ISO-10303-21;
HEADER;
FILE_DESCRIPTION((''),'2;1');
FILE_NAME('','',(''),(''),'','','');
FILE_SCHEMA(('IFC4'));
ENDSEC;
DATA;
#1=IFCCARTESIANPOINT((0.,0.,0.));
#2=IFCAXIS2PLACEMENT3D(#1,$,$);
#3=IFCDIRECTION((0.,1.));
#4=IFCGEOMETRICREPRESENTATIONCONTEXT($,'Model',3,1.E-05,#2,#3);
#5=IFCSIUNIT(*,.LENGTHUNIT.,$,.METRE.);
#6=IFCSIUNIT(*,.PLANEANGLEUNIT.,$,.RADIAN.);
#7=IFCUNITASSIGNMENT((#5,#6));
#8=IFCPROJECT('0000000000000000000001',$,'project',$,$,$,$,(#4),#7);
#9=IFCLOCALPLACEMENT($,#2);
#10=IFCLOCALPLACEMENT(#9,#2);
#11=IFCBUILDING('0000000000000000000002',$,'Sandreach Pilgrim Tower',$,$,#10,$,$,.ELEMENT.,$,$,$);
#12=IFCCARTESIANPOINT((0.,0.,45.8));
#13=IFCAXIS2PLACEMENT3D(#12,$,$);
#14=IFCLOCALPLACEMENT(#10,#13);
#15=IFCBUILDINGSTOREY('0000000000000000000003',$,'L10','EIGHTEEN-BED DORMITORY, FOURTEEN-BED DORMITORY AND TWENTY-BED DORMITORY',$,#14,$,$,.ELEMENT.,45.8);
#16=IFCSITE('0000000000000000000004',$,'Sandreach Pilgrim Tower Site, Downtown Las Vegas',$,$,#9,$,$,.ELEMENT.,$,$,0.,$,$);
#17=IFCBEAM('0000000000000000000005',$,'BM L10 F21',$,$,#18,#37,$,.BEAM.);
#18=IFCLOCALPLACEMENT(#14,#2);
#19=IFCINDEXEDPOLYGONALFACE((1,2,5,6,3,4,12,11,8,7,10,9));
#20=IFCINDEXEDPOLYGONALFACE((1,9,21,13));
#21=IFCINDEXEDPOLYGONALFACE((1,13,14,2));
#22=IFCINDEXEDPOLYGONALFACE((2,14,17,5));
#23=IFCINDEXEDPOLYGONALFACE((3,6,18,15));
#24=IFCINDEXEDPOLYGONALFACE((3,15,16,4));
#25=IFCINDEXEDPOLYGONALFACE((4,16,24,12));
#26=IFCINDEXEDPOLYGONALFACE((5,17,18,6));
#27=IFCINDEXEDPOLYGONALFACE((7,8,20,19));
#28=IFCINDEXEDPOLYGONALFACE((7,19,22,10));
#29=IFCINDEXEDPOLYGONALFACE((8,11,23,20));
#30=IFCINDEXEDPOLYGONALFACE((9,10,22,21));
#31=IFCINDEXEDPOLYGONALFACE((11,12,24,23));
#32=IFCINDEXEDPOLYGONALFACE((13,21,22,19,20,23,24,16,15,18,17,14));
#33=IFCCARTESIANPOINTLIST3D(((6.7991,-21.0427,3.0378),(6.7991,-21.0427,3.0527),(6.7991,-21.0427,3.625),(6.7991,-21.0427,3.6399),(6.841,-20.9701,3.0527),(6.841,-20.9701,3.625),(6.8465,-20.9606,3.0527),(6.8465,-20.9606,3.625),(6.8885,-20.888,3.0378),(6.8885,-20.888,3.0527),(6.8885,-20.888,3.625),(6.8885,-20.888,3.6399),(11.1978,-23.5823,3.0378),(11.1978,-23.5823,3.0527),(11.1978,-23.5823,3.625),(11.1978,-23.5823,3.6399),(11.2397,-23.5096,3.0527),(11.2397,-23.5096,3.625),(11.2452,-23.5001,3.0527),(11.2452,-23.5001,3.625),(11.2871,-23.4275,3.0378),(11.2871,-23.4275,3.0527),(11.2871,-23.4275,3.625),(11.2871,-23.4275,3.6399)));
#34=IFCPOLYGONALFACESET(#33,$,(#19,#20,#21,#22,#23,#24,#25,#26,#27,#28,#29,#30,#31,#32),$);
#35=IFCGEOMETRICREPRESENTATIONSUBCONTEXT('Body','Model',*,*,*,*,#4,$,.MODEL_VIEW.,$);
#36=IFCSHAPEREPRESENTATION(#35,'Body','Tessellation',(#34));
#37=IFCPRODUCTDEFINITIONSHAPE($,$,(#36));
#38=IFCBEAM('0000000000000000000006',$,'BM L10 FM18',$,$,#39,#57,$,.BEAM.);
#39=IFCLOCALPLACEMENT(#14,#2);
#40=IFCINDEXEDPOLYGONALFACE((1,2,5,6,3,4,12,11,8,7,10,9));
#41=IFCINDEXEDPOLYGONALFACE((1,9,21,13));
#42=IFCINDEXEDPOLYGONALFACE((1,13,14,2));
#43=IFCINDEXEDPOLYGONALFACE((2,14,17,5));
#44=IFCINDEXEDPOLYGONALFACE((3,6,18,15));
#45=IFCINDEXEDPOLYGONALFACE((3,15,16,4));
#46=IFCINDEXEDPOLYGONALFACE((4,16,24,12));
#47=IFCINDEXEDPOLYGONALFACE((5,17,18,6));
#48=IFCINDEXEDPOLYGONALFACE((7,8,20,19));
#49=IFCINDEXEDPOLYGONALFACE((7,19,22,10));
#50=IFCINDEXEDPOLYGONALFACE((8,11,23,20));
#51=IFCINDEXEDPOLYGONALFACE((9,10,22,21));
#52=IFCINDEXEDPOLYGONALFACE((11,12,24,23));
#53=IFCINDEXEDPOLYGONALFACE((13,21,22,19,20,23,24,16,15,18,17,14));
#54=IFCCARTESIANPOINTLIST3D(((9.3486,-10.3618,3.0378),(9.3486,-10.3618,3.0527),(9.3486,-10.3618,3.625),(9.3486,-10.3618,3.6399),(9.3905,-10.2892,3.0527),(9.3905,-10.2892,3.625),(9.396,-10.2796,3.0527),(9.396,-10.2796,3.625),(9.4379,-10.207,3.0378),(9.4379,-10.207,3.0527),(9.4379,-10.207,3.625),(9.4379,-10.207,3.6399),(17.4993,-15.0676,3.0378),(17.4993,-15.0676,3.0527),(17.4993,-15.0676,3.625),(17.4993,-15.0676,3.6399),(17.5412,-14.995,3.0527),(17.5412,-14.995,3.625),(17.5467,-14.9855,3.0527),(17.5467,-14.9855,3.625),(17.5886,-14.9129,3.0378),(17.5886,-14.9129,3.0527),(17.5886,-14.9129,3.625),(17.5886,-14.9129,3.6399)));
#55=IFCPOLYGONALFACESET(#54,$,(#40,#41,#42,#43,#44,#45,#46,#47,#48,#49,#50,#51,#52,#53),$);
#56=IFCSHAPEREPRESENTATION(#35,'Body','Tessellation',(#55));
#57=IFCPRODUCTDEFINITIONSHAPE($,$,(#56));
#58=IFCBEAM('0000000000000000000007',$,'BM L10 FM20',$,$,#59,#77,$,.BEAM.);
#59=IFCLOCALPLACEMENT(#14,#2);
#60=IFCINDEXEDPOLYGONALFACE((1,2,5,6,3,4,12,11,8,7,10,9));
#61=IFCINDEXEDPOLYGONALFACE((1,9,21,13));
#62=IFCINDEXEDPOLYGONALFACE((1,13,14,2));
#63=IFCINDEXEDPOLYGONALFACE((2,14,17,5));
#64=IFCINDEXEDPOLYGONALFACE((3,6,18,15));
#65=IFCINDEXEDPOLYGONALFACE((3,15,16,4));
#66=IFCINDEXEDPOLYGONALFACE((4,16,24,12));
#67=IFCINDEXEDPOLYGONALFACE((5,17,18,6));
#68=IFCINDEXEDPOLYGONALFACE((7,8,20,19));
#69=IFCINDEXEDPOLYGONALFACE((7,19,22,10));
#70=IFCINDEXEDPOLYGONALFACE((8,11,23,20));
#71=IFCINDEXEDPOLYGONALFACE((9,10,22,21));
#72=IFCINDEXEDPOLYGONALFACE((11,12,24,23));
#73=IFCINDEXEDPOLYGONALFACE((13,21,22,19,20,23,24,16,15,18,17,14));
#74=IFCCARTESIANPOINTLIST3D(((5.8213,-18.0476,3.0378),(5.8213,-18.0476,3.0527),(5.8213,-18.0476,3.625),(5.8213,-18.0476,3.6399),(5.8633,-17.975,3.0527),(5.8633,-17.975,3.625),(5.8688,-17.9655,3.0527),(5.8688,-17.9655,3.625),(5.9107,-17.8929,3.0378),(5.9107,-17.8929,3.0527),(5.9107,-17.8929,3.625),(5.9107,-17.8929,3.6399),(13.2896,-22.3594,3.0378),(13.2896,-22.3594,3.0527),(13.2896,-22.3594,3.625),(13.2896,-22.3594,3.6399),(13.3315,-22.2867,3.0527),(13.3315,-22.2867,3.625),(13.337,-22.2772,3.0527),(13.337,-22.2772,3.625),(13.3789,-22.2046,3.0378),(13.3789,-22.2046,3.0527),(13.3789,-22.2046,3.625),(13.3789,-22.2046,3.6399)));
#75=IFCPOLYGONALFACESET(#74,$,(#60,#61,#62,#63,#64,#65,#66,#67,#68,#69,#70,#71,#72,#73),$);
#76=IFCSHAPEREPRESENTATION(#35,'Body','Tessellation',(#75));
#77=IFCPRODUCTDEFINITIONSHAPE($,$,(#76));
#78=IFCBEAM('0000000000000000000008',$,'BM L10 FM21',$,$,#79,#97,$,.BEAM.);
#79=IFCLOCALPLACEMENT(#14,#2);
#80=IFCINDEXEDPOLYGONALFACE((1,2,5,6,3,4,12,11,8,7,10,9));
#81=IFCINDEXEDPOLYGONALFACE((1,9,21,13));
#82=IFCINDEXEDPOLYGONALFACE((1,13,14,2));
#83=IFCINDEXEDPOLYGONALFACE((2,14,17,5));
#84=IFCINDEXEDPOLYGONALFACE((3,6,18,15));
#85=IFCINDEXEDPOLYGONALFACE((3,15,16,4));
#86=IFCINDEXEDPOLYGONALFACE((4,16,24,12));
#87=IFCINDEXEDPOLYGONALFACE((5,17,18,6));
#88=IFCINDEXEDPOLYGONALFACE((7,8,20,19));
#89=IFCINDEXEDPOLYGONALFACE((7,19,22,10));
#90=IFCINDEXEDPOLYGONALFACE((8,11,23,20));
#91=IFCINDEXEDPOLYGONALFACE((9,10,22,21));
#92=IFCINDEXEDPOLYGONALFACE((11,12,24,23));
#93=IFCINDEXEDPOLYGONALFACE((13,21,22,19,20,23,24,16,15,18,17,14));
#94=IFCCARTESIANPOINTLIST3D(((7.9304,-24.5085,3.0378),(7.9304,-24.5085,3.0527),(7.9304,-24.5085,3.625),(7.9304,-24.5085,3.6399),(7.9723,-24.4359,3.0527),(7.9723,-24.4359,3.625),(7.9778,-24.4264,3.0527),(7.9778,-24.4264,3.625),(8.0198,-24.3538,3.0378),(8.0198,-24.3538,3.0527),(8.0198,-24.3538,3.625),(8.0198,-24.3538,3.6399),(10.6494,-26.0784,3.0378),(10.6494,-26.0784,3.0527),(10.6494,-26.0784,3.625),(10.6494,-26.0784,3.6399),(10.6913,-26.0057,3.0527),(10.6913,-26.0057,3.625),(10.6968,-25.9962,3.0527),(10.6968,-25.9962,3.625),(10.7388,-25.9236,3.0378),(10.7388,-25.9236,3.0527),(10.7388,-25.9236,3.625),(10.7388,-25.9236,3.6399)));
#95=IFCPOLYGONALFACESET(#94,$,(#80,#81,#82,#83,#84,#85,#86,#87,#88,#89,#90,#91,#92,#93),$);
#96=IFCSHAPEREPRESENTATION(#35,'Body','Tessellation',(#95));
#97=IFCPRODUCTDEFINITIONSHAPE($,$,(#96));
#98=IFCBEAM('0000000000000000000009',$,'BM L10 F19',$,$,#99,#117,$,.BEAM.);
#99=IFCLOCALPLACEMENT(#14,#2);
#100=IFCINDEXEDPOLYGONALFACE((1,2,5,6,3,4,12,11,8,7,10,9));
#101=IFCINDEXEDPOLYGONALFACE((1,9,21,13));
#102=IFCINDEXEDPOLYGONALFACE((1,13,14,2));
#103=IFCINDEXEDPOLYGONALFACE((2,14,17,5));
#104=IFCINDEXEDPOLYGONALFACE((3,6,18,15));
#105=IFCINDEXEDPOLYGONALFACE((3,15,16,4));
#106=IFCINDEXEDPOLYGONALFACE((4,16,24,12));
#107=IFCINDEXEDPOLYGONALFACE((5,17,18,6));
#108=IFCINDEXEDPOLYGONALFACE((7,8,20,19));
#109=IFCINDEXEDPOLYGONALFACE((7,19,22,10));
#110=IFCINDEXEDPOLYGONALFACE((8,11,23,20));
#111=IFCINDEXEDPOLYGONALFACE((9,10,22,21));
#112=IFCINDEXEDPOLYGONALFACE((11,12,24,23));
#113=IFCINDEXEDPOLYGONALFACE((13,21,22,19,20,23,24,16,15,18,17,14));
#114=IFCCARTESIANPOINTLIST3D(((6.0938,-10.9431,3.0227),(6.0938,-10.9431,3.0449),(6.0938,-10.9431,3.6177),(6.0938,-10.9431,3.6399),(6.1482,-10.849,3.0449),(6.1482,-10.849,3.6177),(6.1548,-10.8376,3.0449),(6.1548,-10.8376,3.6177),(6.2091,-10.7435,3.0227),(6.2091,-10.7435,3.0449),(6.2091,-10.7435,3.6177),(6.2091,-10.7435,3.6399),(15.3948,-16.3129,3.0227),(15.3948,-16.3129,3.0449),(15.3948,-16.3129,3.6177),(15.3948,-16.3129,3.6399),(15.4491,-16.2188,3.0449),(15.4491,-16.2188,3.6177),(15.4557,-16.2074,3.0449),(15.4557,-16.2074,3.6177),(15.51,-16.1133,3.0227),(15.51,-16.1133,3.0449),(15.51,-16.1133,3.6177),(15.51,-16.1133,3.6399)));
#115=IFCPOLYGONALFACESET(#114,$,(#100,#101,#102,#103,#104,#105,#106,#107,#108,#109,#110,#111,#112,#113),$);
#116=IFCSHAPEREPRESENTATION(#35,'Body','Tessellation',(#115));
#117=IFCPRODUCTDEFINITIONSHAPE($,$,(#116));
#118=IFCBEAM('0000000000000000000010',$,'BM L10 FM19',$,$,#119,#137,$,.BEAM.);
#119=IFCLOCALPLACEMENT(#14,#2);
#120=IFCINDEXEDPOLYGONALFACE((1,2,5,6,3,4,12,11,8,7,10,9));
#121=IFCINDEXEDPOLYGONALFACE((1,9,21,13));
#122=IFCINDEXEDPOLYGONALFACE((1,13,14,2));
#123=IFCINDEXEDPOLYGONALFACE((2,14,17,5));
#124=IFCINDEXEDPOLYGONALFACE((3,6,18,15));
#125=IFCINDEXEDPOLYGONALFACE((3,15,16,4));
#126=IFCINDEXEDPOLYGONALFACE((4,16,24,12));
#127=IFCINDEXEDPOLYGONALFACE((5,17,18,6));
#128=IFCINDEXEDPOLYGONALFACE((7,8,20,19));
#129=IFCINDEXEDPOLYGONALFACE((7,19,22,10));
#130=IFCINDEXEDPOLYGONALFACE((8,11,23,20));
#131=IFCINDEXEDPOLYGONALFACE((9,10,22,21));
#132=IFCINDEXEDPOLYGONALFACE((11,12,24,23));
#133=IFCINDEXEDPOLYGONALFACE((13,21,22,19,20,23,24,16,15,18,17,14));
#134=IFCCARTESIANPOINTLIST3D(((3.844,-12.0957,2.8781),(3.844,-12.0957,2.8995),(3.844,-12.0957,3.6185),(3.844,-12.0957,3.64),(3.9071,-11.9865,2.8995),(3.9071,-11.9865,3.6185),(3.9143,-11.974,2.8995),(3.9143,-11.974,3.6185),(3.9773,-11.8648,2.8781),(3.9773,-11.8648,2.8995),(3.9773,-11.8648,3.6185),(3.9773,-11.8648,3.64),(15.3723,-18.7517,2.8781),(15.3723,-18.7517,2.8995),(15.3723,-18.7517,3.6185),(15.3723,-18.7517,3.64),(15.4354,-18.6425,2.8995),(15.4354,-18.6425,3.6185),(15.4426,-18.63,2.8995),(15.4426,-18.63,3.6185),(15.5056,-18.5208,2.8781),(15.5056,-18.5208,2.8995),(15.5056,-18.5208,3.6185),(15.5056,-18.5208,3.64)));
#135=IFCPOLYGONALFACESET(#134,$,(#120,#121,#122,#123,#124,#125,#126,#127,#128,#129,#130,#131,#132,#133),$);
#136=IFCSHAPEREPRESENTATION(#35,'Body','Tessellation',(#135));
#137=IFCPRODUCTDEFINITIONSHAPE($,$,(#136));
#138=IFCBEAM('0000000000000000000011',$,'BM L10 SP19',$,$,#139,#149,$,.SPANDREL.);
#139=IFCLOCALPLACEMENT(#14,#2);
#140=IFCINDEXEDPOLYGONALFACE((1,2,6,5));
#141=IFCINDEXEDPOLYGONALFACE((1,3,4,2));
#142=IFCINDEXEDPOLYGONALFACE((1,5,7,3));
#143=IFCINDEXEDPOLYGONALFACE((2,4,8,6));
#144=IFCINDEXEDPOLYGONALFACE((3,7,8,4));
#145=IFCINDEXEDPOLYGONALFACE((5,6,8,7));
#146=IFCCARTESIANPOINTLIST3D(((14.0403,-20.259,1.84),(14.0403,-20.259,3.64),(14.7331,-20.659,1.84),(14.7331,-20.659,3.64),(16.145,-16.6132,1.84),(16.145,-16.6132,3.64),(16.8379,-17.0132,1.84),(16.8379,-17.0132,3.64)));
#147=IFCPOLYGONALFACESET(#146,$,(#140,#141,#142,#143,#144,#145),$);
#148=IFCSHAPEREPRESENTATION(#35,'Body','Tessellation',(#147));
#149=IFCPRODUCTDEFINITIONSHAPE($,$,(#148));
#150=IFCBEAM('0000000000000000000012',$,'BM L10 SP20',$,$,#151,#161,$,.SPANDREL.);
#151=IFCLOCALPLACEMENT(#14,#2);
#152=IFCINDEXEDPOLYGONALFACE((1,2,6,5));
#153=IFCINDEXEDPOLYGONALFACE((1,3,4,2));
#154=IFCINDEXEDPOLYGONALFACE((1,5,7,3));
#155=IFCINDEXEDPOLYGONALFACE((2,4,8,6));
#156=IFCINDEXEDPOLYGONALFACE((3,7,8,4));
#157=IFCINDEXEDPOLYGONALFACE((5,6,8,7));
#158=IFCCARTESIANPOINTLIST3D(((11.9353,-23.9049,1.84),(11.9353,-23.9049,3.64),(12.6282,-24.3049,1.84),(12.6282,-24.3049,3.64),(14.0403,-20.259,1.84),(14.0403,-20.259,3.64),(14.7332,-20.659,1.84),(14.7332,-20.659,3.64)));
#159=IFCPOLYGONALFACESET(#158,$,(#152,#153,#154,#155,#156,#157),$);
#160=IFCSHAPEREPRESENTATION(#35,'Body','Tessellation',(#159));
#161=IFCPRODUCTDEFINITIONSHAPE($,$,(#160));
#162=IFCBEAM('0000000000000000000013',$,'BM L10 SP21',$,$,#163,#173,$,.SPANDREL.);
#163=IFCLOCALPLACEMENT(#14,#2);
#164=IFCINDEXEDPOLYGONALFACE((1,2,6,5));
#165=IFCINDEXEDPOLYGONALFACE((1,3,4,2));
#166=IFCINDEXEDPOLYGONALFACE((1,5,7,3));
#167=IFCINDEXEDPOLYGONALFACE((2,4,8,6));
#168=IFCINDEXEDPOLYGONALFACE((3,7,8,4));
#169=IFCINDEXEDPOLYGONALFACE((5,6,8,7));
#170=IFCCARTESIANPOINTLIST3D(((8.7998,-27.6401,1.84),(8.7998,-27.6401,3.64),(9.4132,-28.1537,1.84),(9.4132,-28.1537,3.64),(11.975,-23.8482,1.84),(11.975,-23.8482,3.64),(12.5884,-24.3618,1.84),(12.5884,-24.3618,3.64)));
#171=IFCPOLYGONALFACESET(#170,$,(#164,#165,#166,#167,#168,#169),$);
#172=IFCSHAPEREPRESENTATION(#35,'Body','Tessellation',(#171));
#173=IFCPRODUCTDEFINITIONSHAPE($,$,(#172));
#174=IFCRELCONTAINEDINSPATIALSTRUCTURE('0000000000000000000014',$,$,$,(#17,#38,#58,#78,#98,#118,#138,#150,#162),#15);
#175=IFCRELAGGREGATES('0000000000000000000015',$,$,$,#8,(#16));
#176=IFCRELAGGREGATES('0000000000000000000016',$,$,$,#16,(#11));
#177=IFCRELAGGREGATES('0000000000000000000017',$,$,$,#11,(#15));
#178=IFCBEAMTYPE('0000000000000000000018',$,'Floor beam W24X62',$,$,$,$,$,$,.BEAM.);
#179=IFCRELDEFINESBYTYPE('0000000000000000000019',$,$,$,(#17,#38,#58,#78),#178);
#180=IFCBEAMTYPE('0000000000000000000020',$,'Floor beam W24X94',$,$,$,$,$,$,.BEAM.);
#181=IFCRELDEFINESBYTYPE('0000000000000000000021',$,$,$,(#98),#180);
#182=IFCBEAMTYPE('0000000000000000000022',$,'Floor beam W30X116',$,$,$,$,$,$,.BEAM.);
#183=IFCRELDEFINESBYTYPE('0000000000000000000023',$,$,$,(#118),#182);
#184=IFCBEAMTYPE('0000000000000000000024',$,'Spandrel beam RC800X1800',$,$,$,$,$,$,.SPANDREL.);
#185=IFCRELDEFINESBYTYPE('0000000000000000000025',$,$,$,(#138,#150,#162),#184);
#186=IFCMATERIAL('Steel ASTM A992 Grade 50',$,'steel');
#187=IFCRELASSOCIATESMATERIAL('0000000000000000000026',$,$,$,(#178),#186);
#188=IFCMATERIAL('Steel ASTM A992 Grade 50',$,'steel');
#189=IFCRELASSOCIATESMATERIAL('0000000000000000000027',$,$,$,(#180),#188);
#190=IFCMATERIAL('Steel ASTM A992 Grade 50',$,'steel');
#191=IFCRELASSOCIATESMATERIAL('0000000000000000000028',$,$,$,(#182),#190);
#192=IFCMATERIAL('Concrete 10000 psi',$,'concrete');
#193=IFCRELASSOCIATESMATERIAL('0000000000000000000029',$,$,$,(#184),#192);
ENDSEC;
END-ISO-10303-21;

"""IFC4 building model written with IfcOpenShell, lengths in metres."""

from ifc_helpers import new_model, si_unit, direction, frame, origin, origin_2d, place, context, subcontext, project, spatial, rectangle, i_section, extrude, material, material_profile, profile_set, type_object, element, save


model = new_model("IFC4")

# Units and contexts
model_context = context("Model", 3, precision=1e-05, world=origin(), true_north=direction((0.0, 1.0)))
body_context = subcontext(model_context, "Body", "Model", "MODEL_VIEW")
ifc_project = project(units=[si_unit("LENGTHUNIT", "METRE"), si_unit("PLANEANGLEUNIT", "RADIAN")], contexts=[model_context])

# Site, building, storey
site_placement = place(None, origin())
site = spatial("IfcSite", under=ifc_project, at=site_placement, Name="Sandreach Pilgrim Tower Site, Downtown Las Vegas", CompositionType="ELEMENT", RefElevation=0.0)
building_placement = place(site_placement, origin())
building = spatial("IfcBuilding", under=site, at=building_placement, Name="Sandreach Pilgrim Tower", CompositionType="ELEMENT")
storey_placement = place(building_placement, frame((0.0, 0.0, 45.8)))
storey = spatial("IfcBuildingStorey", under=building, at=storey_placement, Name="L10", Description="EIGHTEEN-BED DORMITORY, FOURTEEN-BED DORMITORY AND TWENTY-BED DORMITORY", CompositionType="ELEMENT", Elevation=45.8)

# Beams
ifc_material_1 = material(Name="Steel ASTM A992 Grade 50", Category="steel")
ifc_material_profile_1 = material_profile(ifc_material_1, i_section(OverallWidth=0.1787, OverallDepth=0.6021, WebThickness=0.011, FlangeThickness=0.0149, at=origin_2d()), Name="W24X62")
ifc_profile_set_1 = profile_set([ifc_material_profile_1], Name="Steel ASTM A992 Grade 50")
beam_type_1 = type_object("IfcBeamType", Name="Floor beam W24X62", PredefinedType="BEAM", material=ifc_profile_set_1)
beam_1_placement = place(storey_placement, frame((11.2424, -23.5049, 3.3389), z_axis=(-0.866028, 0.499996, 0.0), x_axis=(-0.499996, -0.866028, 0.0)))
element("IfcBeam", 1, at=beam_1_placement, inside=storey, type_object=beam_type_1, Name="BM L10 F21", PredefinedType="BEAM", context=body_context, shape_type="SweptSolid", body=[
    extrude(i_section(OverallWidth=0.1787, OverallDepth=0.6021, WebThickness=0.011, FlangeThickness=0.0149, at=origin_2d()), origin(), (0.0, 0.0, 1.0), 5.0791),
])
beam_2_placement = place(storey_placement, frame((17.5439, -14.9902, 3.3389), z_axis=(-0.866024, 0.500003, 0.0), x_axis=(-0.500003, -0.866024, 0.0)))
element("IfcBeam", 2, at=beam_2_placement, inside=storey, type_object=beam_type_1, Name="BM L10 FM18", PredefinedType="BEAM", context=body_context, shape_type="SweptSolid", body=[
    extrude(i_section(OverallWidth=0.1787, OverallDepth=0.6021, WebThickness=0.011, FlangeThickness=0.0149, at=origin_2d()), origin(), (0.0, 0.0, 1.0), 9.4116),
])
beam_3_placement = place(storey_placement, frame((13.3342, -22.282, 3.3389), z_axis=(-0.866027, 0.499997, 0.0), x_axis=(-0.499997, -0.866027, 0.0)))
element("IfcBeam", 3, at=beam_3_placement, inside=storey, type_object=beam_type_1, Name="BM L10 FM20", PredefinedType="BEAM", context=body_context, shape_type="SweptSolid", body=[
    extrude(i_section(OverallWidth=0.1787, OverallDepth=0.6021, WebThickness=0.011, FlangeThickness=0.0149, at=origin_2d()), origin(), (0.0, 0.0, 1.0), 8.6235),
])
beam_4_placement = place(storey_placement, frame((10.6941, -26.001, 3.3389), z_axis=(-0.866024, 0.500003, 0.0), x_axis=(-0.500003, -0.866024, 0.0)))
element("IfcBeam", 4, at=beam_4_placement, inside=storey, type_object=beam_type_1, Name="BM L10 FM21", PredefinedType="BEAM", context=body_context, shape_type="SweptSolid", body=[
    extrude(i_section(OverallWidth=0.1787, OverallDepth=0.6021, WebThickness=0.011, FlangeThickness=0.0149, at=origin_2d()), origin(), (0.0, 0.0, 1.0), 3.1396),
])
ifc_material_2 = material(Name="Steel ASTM A992 Grade 50", Category="steel")
ifc_material_profile_2 = material_profile(ifc_material_2, i_section(OverallWidth=0.2305, OverallDepth=0.6172, WebThickness=0.0132, FlangeThickness=0.0222, at=origin_2d()), Name="W24X94")
ifc_profile_set_2 = profile_set([ifc_material_profile_2], Name="Steel ASTM A992 Grade 50")
beam_type_2 = type_object("IfcBeamType", Name="Floor beam W24X94", PredefinedType="BEAM", material=ifc_profile_set_2)
beam_5_placement = place(storey_placement, frame((15.4524, -16.2131, 3.3313), z_axis=(-0.866028, 0.499995, 0.0), x_axis=(-0.499995, -0.866028, 0.0)))
element("IfcBeam", 5, at=beam_5_placement, inside=storey, type_object=beam_type_2, Name="BM L10 F19", PredefinedType="BEAM", context=body_context, shape_type="SweptSolid", body=[
    extrude(i_section(OverallWidth=0.2305, OverallDepth=0.6172, WebThickness=0.0132, FlangeThickness=0.0222, at=origin_2d()), origin(), (0.0, 0.0, 1.0), 10.7397),
])
ifc_material_3 = material(Name="Steel ASTM A992 Grade 50", Category="steel")
ifc_material_profile_3 = material_profile(ifc_material_3, i_section(OverallWidth=0.2666, OverallDepth=0.762, WebThickness=0.0144, FlangeThickness=0.0215, at=origin_2d()), Name="W30X116")
ifc_profile_set_3 = profile_set([ifc_material_profile_3], Name="Steel ASTM A992 Grade 50")
beam_type_3 = type_object("IfcBeamType", Name="Floor beam W30X116", PredefinedType="BEAM", material=ifc_profile_set_3)
beam_6_placement = place(storey_placement, frame((15.439, -18.6362, 3.259), z_axis=(-0.866021, 0.500007, 0.0), x_axis=(-0.500007, -0.866021, 0.0)))
element("IfcBeam", 6, at=beam_6_placement, inside=storey, type_object=beam_type_3, Name="BM L10 FM19", PredefinedType="BEAM", context=body_context, shape_type="SweptSolid", body=[
    extrude(i_section(OverallWidth=0.2666, OverallDepth=0.762, WebThickness=0.0144, FlangeThickness=0.0215, at=origin_2d()), origin(), (0.0, 0.0, 1.0), 13.3118),
])
ifc_material_4 = material(Name="Concrete 10000 psi", Category="concrete")
ifc_material_profile_4 = material_profile(ifc_material_4, rectangle(XDim=0.8, YDim=1.8, at=origin_2d()), Name="RC800X1800")
ifc_profile_set_4 = profile_set([ifc_material_profile_4], Name="Concrete 10000 psi")
beam_type_4 = type_object("IfcBeamType", Name="Spandrel beam RC800X1800", PredefinedType="SPANDREL", material=ifc_profile_set_4)
beam_7_placement = place(storey_placement, frame((16.4915, -16.8132, 2.74), z_axis=(-0.499975, -0.86604, 0.0), x_axis=(0.86604, -0.499975, 0.0)))
element("IfcBeam", 7, at=beam_7_placement, inside=storey, type_object=beam_type_4, Name="BM L10 SP19", PredefinedType="SPANDREL", context=body_context, shape_type="SweptSolid", body=[
    extrude(rectangle(XDim=0.8, YDim=1.8, at=origin_2d()), origin(), (0.0, 0.0, 1.0), 4.2097),
])
beam_8_placement = place(storey_placement, frame((14.3867, -20.459, 2.74), z_axis=(-0.499994, -0.866029, 0.0), x_axis=(0.866029, -0.499994, 0.0)))
element("IfcBeam", 8, at=beam_8_placement, inside=storey, type_object=beam_type_4, Name="BM L10 SP20", PredefinedType="SPANDREL", context=body_context, shape_type="SweptSolid", body=[
    extrude(rectangle(XDim=0.8, YDim=1.8, at=origin_2d()), origin(), (0.0, 0.0, 1.0), 4.21),
])
beam_9_placement = place(storey_placement, frame((12.2817, -24.105, 2.74), z_axis=(-0.642008, -0.766698, 0.0), x_axis=(0.766698, -0.642008, 0.0)))
element("IfcBeam", 9, at=beam_9_placement, inside=storey, type_object=beam_type_4, Name="BM L10 SP21", PredefinedType="SPANDREL", context=body_context, shape_type="SweptSolid", body=[
    extrude(rectangle(XDim=0.8, YDim=1.8, at=origin_2d()), origin(), (0.0, 0.0, 1.0), 4.9458),
])

save(model, "model.ifc")
